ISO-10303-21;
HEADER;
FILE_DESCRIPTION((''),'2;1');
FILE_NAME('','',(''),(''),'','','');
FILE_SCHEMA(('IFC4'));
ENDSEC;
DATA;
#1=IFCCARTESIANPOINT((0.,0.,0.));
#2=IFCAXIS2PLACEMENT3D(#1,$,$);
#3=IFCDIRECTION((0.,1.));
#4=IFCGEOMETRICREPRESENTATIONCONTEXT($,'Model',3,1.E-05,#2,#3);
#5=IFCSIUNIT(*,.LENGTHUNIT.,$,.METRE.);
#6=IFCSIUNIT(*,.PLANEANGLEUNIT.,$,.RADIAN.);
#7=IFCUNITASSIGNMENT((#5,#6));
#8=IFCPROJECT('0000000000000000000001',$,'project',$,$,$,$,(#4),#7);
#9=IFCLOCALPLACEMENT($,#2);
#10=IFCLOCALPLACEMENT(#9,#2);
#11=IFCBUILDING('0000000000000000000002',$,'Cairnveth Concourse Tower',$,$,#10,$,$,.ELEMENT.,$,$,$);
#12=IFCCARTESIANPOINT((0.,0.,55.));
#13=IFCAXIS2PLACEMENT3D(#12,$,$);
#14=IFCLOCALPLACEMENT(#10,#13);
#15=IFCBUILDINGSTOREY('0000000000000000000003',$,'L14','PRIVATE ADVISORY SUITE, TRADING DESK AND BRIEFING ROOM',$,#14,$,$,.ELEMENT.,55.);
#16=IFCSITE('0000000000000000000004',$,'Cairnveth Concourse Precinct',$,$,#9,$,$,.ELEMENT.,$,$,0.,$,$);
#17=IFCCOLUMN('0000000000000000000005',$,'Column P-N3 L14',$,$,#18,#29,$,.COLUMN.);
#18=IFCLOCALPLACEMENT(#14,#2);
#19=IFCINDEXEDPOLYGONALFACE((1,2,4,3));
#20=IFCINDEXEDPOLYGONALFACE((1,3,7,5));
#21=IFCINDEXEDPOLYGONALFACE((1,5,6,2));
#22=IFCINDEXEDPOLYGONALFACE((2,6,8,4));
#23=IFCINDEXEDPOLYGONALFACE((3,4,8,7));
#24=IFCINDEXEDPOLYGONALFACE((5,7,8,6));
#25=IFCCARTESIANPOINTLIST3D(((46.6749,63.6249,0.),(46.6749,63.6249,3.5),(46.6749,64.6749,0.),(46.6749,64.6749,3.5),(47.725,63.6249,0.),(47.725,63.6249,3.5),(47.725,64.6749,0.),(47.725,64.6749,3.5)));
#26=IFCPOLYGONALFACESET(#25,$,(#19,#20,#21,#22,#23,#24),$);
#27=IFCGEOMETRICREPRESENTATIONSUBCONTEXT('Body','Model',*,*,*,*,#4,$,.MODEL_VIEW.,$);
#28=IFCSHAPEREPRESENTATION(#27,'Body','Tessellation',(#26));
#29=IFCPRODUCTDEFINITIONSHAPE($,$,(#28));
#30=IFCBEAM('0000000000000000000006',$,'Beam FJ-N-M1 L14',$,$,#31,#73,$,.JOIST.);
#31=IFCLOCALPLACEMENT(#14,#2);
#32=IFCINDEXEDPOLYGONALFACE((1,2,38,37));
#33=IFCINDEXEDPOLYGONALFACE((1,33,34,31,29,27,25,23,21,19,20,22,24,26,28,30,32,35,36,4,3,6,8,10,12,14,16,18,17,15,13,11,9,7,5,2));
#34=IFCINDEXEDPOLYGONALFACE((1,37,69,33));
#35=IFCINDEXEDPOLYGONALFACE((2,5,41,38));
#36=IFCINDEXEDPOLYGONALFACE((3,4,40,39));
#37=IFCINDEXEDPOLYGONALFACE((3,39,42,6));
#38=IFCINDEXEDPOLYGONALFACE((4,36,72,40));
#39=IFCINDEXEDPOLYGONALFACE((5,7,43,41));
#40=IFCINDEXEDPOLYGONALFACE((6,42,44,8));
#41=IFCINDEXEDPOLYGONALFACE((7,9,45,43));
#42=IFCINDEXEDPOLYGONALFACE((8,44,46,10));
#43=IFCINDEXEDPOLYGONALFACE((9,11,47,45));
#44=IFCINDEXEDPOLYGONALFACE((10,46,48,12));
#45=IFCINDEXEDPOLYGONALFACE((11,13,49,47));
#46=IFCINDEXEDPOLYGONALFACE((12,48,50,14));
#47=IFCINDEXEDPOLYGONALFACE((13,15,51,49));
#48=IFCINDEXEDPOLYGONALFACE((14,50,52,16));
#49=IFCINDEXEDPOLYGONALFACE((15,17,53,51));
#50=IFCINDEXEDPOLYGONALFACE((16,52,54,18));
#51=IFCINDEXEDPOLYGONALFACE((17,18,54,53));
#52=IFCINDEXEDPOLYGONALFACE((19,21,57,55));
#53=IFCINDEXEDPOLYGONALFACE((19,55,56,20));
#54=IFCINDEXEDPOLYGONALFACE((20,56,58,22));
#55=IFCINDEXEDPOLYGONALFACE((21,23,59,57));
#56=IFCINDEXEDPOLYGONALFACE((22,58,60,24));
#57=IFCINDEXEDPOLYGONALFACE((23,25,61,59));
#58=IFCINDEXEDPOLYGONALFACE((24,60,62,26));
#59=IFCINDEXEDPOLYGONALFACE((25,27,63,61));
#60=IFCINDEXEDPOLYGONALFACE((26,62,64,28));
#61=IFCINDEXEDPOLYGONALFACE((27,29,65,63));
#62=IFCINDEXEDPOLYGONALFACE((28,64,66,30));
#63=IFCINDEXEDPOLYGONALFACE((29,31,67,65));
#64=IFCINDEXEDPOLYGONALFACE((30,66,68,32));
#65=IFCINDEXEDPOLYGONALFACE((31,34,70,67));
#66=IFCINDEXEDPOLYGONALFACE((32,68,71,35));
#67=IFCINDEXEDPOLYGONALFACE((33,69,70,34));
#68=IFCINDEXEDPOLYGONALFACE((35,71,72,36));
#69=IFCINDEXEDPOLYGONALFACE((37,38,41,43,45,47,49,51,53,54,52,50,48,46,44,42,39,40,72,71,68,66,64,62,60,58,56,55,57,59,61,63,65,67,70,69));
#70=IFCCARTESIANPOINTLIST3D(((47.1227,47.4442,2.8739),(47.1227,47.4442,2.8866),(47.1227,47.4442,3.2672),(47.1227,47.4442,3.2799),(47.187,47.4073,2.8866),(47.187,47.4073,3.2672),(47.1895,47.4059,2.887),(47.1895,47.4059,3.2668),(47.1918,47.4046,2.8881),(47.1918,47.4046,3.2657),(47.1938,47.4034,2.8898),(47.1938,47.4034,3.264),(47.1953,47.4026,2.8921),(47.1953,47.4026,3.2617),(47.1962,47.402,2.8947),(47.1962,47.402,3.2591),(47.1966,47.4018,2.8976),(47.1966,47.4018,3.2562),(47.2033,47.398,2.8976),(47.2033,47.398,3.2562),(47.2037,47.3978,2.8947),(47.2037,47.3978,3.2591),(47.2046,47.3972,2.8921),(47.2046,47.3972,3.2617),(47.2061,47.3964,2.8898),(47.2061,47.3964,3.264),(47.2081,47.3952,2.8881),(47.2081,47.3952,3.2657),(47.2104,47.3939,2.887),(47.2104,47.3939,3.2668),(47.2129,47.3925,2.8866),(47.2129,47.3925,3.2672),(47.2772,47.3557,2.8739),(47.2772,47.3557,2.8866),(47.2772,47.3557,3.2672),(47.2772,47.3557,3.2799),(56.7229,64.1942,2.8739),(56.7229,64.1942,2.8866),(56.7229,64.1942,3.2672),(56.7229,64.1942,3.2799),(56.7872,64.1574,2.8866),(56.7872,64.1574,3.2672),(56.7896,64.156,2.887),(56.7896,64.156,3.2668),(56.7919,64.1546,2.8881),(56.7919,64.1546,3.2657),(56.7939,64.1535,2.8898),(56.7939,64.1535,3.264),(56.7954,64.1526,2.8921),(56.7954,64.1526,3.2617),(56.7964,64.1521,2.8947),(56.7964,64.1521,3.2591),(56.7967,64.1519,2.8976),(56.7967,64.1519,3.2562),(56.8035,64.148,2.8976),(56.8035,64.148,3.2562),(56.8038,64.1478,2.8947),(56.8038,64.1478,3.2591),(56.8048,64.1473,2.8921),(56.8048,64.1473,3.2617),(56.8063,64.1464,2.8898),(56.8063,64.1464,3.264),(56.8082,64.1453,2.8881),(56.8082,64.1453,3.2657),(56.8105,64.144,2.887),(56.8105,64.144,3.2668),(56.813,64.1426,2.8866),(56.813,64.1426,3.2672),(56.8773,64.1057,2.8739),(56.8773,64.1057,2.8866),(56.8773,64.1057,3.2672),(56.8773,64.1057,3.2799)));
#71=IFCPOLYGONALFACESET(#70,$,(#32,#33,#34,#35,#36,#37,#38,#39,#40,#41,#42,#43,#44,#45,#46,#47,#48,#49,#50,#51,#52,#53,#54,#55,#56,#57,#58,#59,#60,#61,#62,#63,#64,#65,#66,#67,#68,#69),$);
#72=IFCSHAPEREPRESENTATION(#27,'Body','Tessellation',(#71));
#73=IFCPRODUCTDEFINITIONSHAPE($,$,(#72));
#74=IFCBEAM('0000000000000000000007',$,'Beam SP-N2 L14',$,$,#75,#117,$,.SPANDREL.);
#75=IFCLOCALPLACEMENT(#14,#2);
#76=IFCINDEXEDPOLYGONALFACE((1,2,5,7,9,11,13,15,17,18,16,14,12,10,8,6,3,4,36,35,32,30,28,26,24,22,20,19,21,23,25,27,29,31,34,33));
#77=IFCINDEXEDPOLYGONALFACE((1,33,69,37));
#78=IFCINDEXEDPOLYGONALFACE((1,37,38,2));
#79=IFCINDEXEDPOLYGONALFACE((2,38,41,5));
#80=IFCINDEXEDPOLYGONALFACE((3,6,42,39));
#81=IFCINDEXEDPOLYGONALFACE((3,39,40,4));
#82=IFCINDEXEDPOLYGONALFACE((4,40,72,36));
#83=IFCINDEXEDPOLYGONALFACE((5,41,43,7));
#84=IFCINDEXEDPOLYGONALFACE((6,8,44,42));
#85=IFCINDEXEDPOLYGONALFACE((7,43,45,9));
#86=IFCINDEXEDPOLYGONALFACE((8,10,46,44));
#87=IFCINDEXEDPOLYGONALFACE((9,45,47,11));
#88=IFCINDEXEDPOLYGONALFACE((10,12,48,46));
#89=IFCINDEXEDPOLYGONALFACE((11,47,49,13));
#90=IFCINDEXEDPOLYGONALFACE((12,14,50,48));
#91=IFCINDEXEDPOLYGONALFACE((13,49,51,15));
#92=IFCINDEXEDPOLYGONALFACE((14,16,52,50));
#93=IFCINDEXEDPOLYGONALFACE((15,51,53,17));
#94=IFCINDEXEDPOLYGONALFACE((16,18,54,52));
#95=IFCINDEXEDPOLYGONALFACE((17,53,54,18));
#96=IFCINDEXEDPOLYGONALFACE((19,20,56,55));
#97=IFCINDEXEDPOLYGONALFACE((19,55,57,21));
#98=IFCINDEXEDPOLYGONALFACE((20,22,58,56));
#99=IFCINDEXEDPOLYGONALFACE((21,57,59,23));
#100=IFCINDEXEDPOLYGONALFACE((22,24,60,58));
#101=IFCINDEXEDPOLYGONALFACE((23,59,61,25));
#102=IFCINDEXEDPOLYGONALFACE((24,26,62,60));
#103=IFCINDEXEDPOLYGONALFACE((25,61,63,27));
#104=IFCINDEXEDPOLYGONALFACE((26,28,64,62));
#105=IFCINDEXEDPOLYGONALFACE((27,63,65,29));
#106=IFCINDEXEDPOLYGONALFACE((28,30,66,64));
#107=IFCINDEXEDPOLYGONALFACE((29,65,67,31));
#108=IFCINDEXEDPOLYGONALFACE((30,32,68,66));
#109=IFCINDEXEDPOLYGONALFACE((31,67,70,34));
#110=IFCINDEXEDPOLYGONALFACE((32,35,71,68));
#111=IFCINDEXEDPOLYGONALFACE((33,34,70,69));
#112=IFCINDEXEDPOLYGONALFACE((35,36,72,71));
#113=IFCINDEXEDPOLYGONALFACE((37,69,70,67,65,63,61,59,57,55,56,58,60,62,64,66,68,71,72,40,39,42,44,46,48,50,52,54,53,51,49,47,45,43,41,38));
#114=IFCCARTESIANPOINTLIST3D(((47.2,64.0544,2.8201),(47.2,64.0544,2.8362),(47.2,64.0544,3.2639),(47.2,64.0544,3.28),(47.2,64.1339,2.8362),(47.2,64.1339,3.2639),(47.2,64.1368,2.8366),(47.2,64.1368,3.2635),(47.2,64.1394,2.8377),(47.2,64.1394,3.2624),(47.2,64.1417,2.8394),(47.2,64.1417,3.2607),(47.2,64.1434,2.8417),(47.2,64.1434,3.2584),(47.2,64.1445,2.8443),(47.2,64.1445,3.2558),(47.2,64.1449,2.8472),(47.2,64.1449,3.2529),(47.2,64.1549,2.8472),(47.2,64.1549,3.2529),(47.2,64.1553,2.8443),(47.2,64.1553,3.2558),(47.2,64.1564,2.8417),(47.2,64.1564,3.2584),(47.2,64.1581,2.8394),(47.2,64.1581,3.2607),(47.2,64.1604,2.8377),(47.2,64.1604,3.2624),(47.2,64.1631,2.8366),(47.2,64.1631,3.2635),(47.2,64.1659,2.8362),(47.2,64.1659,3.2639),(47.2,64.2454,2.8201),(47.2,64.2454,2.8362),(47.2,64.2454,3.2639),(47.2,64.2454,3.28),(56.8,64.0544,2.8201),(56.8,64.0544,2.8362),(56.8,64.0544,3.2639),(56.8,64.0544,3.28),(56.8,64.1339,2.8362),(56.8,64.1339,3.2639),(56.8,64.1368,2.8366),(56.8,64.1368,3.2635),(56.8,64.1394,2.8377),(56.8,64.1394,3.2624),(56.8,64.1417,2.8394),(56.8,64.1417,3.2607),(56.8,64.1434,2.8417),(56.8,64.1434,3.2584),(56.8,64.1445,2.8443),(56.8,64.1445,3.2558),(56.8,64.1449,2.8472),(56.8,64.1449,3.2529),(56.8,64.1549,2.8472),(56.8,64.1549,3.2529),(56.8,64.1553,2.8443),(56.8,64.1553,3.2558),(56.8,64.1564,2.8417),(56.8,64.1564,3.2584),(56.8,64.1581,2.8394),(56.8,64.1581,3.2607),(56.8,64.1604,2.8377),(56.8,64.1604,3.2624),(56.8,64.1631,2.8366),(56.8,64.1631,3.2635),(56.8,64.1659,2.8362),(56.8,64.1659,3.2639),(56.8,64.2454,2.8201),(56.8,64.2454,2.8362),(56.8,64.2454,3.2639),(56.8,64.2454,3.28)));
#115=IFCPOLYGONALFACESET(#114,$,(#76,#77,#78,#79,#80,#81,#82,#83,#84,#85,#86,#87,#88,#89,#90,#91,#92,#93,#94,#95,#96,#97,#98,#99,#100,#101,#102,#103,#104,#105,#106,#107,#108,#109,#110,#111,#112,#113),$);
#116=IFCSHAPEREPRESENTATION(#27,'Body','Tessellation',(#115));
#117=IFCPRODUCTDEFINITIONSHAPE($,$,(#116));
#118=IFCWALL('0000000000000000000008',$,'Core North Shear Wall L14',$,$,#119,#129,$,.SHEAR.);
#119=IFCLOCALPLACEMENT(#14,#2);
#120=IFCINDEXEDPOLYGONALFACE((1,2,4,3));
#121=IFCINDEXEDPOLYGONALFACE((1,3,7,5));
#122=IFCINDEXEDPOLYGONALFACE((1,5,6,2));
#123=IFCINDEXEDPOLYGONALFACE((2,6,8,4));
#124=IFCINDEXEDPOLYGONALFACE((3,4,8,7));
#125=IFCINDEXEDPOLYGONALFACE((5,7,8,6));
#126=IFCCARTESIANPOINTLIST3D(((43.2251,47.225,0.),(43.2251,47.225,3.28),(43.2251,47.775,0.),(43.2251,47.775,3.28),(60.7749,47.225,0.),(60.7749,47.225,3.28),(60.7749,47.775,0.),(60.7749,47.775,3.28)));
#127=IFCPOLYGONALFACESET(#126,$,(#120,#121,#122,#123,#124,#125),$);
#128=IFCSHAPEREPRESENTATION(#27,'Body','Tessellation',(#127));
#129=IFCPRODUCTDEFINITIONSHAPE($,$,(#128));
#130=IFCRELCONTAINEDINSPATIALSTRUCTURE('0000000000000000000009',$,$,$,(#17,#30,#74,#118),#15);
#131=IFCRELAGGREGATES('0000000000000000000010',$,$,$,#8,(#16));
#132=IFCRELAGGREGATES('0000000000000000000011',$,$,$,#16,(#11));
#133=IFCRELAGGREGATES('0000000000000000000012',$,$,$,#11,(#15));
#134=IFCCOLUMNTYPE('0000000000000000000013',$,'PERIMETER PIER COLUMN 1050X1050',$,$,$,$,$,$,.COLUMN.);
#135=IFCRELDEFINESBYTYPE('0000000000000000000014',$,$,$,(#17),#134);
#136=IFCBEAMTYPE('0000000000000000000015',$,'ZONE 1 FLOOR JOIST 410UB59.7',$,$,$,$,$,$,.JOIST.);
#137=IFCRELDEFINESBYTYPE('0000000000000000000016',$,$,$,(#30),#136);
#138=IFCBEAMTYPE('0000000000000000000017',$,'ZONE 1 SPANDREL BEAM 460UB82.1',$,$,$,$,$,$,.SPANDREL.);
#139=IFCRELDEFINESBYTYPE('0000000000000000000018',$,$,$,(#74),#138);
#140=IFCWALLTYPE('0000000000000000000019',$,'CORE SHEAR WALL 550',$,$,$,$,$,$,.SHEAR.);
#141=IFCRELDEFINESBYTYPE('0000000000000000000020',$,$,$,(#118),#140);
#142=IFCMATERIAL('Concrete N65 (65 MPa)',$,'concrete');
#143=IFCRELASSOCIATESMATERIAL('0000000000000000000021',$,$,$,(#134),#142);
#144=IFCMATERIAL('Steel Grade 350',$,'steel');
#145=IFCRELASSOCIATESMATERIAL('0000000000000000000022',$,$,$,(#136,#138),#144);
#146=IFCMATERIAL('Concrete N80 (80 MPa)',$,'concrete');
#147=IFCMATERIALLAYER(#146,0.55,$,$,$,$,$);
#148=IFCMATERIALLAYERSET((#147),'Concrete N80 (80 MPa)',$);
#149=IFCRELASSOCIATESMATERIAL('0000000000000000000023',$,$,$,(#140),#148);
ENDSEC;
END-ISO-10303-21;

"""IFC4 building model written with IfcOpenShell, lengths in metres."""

from ifc_helpers import new_model, si_unit, direction, frame, frame_2d, origin, origin_2d, place, context, subcontext, project, spatial, rectangle, i_section, extrude, material, layer, layer_set, material_profile, profile_set, type_object, element, save


model = new_model("IFC4")

# Units and contexts
model_context = context("Model", 3, precision=1e-05, world=origin(), true_north=direction((0.0, 1.0)))
body_context = subcontext(model_context, "Body", "Model", "MODEL_VIEW")
ifc_project = project(units=[si_unit("LENGTHUNIT", "METRE"), si_unit("PLANEANGLEUNIT", "RADIAN")], contexts=[model_context])

# Site, building, storey
site_placement = place(None, origin())
site = spatial("IfcSite", under=ifc_project, at=site_placement, Name="Cairnveth Concourse Precinct", CompositionType="ELEMENT", RefElevation=0.0)
building_placement = place(site_placement, origin())
building = spatial("IfcBuilding", under=site, at=building_placement, Name="Cairnveth Concourse Tower", CompositionType="ELEMENT")
storey_placement = place(building_placement, frame((0.0, 0.0, 55.0)))
storey = spatial("IfcBuildingStorey", under=building, at=storey_placement, Name="L14", Description="PRIVATE ADVISORY SUITE, TRADING DESK AND BRIEFING ROOM", CompositionType="ELEMENT", Elevation=55.0)

# Column
ifc_material_1 = material(Name="Concrete N65 (65 MPa)", Category="concrete")
ifc_material_profile_1 = material_profile(ifc_material_1, rectangle(XDim=1.05, YDim=1.05, at=origin_2d()), Name="RC-COL-1050x1050")
ifc_profile_set_1 = profile_set([ifc_material_profile_1], Name="Concrete N65 (65 MPa)")
column_type = type_object("IfcColumnType", Name="PERIMETER PIER COLUMN 1050X1050", PredefinedType="COLUMN", material=ifc_profile_set_1)
column_placement = place(storey_placement, frame((47.2, 64.1499, 0.0), z_axis=(0.0, 0.0, 1.0), x_axis=(1.0, 0.0, 0.0)))
element("IfcColumn", 1, at=column_placement, inside=storey, type_object=column_type, Name="Column P-N3 L14", PredefinedType="COLUMN", context=body_context, shape_type="SweptSolid", body=[
    extrude(rectangle(XDim=1.05, YDim=1.05, at=origin_2d()), origin(), (0.0, 0.0, 1.0), 3.5),
])

# Beams
ifc_material_2 = material(Name="Steel Grade 350", Category="steel")
ifc_material_profile_2 = material_profile(ifc_material_2, i_section(OverallWidth=0.178, OverallDepth=0.406, WebThickness=0.0078, FlangeThickness=0.0127, FilletRadius=0.011, at=origin_2d()), Name="410UB59.7")
ifc_profile_set_2 = profile_set([ifc_material_profile_2], Name="Steel Grade 350")
beam_type_1 = type_object("IfcBeamType", Name="ZONE 1 FLOOR JOIST 410UB59.7", PredefinedType="JOIST", material=ifc_profile_set_2)
beam_1_placement = place(storey_placement, frame((47.2, 47.3999, 3.0769), z_axis=(0.497258, 0.867603, 0.0), x_axis=(-0.867603, 0.497258, 0.0)))
element("IfcBeam", 2, at=beam_1_placement, inside=storey, type_object=beam_type_1, Name="Beam FJ-N-M1 L14", PredefinedType="JOIST", context=body_context, shape_type="SweptSolid", body=[
    extrude(i_section(OverallWidth=0.178, OverallDepth=0.406, WebThickness=0.0078, FlangeThickness=0.0127, FilletRadius=0.011, at=origin_2d()), origin(), (0.0, 0.0, 1.0), 19.3062),
])
ifc_material_profile_3 = material_profile(ifc_material_2, i_section(OverallWidth=0.1909, OverallDepth=0.46, WebThickness=0.01, FlangeThickness=0.0161, FilletRadius=0.011, at=origin_2d()), Name="460UB82.1")
ifc_profile_set_3 = profile_set([ifc_material_profile_3], Name="Steel Grade 350")
beam_type_2 = type_object("IfcBeamType", Name="ZONE 1 SPANDREL BEAM 460UB82.1", PredefinedType="SPANDREL", material=ifc_profile_set_3)
beam_2_placement = place(storey_placement, frame((47.2, 64.1499, 3.05), z_axis=(1.0, 0.0, 0.0), x_axis=(0.0, 1.0, 0.0)))
element("IfcBeam", 3, at=beam_2_placement, inside=storey, type_object=beam_type_2, Name="Beam SP-N2 L14", PredefinedType="SPANDREL", context=body_context, shape_type="SweptSolid", body=[
    extrude(i_section(OverallWidth=0.1909, OverallDepth=0.46, WebThickness=0.01, FlangeThickness=0.0161, FilletRadius=0.011, at=origin_2d()), origin(), (0.0, 0.0, 1.0), 9.6001),
])

# Wall
ifc_material_3 = material(Name="Concrete N80 (80 MPa)", Category="concrete")
ifc_layer_1 = layer(ifc_material_3, 0.55)
ifc_layer_set_1 = layer_set([ifc_layer_1], Name="Concrete N80 (80 MPa)")
wall_type_1 = type_object("IfcWallType", Name="CORE SHEAR WALL 550", PredefinedType="SHEAR", material=ifc_layer_set_1)
wall_1_placement = place(storey_placement, frame((43.2251, 47.5, 0.0), z_axis=(0.0, 0.0, 1.0), x_axis=(1.0, 0.0, 0.0)))
element("IfcWall", 4, at=wall_1_placement, inside=storey, type_object=wall_type_1, Name="Core North Shear Wall L14", PredefinedType="SHEAR", context=body_context, shape_type="SweptSolid", body=[
    extrude(rectangle(XDim=17.5498, YDim=0.55, at=frame_2d((8.7749, 0.0))), origin(), (0.0, 0.0, 1.0), 3.28),
])

save(model, "model.ifc")
